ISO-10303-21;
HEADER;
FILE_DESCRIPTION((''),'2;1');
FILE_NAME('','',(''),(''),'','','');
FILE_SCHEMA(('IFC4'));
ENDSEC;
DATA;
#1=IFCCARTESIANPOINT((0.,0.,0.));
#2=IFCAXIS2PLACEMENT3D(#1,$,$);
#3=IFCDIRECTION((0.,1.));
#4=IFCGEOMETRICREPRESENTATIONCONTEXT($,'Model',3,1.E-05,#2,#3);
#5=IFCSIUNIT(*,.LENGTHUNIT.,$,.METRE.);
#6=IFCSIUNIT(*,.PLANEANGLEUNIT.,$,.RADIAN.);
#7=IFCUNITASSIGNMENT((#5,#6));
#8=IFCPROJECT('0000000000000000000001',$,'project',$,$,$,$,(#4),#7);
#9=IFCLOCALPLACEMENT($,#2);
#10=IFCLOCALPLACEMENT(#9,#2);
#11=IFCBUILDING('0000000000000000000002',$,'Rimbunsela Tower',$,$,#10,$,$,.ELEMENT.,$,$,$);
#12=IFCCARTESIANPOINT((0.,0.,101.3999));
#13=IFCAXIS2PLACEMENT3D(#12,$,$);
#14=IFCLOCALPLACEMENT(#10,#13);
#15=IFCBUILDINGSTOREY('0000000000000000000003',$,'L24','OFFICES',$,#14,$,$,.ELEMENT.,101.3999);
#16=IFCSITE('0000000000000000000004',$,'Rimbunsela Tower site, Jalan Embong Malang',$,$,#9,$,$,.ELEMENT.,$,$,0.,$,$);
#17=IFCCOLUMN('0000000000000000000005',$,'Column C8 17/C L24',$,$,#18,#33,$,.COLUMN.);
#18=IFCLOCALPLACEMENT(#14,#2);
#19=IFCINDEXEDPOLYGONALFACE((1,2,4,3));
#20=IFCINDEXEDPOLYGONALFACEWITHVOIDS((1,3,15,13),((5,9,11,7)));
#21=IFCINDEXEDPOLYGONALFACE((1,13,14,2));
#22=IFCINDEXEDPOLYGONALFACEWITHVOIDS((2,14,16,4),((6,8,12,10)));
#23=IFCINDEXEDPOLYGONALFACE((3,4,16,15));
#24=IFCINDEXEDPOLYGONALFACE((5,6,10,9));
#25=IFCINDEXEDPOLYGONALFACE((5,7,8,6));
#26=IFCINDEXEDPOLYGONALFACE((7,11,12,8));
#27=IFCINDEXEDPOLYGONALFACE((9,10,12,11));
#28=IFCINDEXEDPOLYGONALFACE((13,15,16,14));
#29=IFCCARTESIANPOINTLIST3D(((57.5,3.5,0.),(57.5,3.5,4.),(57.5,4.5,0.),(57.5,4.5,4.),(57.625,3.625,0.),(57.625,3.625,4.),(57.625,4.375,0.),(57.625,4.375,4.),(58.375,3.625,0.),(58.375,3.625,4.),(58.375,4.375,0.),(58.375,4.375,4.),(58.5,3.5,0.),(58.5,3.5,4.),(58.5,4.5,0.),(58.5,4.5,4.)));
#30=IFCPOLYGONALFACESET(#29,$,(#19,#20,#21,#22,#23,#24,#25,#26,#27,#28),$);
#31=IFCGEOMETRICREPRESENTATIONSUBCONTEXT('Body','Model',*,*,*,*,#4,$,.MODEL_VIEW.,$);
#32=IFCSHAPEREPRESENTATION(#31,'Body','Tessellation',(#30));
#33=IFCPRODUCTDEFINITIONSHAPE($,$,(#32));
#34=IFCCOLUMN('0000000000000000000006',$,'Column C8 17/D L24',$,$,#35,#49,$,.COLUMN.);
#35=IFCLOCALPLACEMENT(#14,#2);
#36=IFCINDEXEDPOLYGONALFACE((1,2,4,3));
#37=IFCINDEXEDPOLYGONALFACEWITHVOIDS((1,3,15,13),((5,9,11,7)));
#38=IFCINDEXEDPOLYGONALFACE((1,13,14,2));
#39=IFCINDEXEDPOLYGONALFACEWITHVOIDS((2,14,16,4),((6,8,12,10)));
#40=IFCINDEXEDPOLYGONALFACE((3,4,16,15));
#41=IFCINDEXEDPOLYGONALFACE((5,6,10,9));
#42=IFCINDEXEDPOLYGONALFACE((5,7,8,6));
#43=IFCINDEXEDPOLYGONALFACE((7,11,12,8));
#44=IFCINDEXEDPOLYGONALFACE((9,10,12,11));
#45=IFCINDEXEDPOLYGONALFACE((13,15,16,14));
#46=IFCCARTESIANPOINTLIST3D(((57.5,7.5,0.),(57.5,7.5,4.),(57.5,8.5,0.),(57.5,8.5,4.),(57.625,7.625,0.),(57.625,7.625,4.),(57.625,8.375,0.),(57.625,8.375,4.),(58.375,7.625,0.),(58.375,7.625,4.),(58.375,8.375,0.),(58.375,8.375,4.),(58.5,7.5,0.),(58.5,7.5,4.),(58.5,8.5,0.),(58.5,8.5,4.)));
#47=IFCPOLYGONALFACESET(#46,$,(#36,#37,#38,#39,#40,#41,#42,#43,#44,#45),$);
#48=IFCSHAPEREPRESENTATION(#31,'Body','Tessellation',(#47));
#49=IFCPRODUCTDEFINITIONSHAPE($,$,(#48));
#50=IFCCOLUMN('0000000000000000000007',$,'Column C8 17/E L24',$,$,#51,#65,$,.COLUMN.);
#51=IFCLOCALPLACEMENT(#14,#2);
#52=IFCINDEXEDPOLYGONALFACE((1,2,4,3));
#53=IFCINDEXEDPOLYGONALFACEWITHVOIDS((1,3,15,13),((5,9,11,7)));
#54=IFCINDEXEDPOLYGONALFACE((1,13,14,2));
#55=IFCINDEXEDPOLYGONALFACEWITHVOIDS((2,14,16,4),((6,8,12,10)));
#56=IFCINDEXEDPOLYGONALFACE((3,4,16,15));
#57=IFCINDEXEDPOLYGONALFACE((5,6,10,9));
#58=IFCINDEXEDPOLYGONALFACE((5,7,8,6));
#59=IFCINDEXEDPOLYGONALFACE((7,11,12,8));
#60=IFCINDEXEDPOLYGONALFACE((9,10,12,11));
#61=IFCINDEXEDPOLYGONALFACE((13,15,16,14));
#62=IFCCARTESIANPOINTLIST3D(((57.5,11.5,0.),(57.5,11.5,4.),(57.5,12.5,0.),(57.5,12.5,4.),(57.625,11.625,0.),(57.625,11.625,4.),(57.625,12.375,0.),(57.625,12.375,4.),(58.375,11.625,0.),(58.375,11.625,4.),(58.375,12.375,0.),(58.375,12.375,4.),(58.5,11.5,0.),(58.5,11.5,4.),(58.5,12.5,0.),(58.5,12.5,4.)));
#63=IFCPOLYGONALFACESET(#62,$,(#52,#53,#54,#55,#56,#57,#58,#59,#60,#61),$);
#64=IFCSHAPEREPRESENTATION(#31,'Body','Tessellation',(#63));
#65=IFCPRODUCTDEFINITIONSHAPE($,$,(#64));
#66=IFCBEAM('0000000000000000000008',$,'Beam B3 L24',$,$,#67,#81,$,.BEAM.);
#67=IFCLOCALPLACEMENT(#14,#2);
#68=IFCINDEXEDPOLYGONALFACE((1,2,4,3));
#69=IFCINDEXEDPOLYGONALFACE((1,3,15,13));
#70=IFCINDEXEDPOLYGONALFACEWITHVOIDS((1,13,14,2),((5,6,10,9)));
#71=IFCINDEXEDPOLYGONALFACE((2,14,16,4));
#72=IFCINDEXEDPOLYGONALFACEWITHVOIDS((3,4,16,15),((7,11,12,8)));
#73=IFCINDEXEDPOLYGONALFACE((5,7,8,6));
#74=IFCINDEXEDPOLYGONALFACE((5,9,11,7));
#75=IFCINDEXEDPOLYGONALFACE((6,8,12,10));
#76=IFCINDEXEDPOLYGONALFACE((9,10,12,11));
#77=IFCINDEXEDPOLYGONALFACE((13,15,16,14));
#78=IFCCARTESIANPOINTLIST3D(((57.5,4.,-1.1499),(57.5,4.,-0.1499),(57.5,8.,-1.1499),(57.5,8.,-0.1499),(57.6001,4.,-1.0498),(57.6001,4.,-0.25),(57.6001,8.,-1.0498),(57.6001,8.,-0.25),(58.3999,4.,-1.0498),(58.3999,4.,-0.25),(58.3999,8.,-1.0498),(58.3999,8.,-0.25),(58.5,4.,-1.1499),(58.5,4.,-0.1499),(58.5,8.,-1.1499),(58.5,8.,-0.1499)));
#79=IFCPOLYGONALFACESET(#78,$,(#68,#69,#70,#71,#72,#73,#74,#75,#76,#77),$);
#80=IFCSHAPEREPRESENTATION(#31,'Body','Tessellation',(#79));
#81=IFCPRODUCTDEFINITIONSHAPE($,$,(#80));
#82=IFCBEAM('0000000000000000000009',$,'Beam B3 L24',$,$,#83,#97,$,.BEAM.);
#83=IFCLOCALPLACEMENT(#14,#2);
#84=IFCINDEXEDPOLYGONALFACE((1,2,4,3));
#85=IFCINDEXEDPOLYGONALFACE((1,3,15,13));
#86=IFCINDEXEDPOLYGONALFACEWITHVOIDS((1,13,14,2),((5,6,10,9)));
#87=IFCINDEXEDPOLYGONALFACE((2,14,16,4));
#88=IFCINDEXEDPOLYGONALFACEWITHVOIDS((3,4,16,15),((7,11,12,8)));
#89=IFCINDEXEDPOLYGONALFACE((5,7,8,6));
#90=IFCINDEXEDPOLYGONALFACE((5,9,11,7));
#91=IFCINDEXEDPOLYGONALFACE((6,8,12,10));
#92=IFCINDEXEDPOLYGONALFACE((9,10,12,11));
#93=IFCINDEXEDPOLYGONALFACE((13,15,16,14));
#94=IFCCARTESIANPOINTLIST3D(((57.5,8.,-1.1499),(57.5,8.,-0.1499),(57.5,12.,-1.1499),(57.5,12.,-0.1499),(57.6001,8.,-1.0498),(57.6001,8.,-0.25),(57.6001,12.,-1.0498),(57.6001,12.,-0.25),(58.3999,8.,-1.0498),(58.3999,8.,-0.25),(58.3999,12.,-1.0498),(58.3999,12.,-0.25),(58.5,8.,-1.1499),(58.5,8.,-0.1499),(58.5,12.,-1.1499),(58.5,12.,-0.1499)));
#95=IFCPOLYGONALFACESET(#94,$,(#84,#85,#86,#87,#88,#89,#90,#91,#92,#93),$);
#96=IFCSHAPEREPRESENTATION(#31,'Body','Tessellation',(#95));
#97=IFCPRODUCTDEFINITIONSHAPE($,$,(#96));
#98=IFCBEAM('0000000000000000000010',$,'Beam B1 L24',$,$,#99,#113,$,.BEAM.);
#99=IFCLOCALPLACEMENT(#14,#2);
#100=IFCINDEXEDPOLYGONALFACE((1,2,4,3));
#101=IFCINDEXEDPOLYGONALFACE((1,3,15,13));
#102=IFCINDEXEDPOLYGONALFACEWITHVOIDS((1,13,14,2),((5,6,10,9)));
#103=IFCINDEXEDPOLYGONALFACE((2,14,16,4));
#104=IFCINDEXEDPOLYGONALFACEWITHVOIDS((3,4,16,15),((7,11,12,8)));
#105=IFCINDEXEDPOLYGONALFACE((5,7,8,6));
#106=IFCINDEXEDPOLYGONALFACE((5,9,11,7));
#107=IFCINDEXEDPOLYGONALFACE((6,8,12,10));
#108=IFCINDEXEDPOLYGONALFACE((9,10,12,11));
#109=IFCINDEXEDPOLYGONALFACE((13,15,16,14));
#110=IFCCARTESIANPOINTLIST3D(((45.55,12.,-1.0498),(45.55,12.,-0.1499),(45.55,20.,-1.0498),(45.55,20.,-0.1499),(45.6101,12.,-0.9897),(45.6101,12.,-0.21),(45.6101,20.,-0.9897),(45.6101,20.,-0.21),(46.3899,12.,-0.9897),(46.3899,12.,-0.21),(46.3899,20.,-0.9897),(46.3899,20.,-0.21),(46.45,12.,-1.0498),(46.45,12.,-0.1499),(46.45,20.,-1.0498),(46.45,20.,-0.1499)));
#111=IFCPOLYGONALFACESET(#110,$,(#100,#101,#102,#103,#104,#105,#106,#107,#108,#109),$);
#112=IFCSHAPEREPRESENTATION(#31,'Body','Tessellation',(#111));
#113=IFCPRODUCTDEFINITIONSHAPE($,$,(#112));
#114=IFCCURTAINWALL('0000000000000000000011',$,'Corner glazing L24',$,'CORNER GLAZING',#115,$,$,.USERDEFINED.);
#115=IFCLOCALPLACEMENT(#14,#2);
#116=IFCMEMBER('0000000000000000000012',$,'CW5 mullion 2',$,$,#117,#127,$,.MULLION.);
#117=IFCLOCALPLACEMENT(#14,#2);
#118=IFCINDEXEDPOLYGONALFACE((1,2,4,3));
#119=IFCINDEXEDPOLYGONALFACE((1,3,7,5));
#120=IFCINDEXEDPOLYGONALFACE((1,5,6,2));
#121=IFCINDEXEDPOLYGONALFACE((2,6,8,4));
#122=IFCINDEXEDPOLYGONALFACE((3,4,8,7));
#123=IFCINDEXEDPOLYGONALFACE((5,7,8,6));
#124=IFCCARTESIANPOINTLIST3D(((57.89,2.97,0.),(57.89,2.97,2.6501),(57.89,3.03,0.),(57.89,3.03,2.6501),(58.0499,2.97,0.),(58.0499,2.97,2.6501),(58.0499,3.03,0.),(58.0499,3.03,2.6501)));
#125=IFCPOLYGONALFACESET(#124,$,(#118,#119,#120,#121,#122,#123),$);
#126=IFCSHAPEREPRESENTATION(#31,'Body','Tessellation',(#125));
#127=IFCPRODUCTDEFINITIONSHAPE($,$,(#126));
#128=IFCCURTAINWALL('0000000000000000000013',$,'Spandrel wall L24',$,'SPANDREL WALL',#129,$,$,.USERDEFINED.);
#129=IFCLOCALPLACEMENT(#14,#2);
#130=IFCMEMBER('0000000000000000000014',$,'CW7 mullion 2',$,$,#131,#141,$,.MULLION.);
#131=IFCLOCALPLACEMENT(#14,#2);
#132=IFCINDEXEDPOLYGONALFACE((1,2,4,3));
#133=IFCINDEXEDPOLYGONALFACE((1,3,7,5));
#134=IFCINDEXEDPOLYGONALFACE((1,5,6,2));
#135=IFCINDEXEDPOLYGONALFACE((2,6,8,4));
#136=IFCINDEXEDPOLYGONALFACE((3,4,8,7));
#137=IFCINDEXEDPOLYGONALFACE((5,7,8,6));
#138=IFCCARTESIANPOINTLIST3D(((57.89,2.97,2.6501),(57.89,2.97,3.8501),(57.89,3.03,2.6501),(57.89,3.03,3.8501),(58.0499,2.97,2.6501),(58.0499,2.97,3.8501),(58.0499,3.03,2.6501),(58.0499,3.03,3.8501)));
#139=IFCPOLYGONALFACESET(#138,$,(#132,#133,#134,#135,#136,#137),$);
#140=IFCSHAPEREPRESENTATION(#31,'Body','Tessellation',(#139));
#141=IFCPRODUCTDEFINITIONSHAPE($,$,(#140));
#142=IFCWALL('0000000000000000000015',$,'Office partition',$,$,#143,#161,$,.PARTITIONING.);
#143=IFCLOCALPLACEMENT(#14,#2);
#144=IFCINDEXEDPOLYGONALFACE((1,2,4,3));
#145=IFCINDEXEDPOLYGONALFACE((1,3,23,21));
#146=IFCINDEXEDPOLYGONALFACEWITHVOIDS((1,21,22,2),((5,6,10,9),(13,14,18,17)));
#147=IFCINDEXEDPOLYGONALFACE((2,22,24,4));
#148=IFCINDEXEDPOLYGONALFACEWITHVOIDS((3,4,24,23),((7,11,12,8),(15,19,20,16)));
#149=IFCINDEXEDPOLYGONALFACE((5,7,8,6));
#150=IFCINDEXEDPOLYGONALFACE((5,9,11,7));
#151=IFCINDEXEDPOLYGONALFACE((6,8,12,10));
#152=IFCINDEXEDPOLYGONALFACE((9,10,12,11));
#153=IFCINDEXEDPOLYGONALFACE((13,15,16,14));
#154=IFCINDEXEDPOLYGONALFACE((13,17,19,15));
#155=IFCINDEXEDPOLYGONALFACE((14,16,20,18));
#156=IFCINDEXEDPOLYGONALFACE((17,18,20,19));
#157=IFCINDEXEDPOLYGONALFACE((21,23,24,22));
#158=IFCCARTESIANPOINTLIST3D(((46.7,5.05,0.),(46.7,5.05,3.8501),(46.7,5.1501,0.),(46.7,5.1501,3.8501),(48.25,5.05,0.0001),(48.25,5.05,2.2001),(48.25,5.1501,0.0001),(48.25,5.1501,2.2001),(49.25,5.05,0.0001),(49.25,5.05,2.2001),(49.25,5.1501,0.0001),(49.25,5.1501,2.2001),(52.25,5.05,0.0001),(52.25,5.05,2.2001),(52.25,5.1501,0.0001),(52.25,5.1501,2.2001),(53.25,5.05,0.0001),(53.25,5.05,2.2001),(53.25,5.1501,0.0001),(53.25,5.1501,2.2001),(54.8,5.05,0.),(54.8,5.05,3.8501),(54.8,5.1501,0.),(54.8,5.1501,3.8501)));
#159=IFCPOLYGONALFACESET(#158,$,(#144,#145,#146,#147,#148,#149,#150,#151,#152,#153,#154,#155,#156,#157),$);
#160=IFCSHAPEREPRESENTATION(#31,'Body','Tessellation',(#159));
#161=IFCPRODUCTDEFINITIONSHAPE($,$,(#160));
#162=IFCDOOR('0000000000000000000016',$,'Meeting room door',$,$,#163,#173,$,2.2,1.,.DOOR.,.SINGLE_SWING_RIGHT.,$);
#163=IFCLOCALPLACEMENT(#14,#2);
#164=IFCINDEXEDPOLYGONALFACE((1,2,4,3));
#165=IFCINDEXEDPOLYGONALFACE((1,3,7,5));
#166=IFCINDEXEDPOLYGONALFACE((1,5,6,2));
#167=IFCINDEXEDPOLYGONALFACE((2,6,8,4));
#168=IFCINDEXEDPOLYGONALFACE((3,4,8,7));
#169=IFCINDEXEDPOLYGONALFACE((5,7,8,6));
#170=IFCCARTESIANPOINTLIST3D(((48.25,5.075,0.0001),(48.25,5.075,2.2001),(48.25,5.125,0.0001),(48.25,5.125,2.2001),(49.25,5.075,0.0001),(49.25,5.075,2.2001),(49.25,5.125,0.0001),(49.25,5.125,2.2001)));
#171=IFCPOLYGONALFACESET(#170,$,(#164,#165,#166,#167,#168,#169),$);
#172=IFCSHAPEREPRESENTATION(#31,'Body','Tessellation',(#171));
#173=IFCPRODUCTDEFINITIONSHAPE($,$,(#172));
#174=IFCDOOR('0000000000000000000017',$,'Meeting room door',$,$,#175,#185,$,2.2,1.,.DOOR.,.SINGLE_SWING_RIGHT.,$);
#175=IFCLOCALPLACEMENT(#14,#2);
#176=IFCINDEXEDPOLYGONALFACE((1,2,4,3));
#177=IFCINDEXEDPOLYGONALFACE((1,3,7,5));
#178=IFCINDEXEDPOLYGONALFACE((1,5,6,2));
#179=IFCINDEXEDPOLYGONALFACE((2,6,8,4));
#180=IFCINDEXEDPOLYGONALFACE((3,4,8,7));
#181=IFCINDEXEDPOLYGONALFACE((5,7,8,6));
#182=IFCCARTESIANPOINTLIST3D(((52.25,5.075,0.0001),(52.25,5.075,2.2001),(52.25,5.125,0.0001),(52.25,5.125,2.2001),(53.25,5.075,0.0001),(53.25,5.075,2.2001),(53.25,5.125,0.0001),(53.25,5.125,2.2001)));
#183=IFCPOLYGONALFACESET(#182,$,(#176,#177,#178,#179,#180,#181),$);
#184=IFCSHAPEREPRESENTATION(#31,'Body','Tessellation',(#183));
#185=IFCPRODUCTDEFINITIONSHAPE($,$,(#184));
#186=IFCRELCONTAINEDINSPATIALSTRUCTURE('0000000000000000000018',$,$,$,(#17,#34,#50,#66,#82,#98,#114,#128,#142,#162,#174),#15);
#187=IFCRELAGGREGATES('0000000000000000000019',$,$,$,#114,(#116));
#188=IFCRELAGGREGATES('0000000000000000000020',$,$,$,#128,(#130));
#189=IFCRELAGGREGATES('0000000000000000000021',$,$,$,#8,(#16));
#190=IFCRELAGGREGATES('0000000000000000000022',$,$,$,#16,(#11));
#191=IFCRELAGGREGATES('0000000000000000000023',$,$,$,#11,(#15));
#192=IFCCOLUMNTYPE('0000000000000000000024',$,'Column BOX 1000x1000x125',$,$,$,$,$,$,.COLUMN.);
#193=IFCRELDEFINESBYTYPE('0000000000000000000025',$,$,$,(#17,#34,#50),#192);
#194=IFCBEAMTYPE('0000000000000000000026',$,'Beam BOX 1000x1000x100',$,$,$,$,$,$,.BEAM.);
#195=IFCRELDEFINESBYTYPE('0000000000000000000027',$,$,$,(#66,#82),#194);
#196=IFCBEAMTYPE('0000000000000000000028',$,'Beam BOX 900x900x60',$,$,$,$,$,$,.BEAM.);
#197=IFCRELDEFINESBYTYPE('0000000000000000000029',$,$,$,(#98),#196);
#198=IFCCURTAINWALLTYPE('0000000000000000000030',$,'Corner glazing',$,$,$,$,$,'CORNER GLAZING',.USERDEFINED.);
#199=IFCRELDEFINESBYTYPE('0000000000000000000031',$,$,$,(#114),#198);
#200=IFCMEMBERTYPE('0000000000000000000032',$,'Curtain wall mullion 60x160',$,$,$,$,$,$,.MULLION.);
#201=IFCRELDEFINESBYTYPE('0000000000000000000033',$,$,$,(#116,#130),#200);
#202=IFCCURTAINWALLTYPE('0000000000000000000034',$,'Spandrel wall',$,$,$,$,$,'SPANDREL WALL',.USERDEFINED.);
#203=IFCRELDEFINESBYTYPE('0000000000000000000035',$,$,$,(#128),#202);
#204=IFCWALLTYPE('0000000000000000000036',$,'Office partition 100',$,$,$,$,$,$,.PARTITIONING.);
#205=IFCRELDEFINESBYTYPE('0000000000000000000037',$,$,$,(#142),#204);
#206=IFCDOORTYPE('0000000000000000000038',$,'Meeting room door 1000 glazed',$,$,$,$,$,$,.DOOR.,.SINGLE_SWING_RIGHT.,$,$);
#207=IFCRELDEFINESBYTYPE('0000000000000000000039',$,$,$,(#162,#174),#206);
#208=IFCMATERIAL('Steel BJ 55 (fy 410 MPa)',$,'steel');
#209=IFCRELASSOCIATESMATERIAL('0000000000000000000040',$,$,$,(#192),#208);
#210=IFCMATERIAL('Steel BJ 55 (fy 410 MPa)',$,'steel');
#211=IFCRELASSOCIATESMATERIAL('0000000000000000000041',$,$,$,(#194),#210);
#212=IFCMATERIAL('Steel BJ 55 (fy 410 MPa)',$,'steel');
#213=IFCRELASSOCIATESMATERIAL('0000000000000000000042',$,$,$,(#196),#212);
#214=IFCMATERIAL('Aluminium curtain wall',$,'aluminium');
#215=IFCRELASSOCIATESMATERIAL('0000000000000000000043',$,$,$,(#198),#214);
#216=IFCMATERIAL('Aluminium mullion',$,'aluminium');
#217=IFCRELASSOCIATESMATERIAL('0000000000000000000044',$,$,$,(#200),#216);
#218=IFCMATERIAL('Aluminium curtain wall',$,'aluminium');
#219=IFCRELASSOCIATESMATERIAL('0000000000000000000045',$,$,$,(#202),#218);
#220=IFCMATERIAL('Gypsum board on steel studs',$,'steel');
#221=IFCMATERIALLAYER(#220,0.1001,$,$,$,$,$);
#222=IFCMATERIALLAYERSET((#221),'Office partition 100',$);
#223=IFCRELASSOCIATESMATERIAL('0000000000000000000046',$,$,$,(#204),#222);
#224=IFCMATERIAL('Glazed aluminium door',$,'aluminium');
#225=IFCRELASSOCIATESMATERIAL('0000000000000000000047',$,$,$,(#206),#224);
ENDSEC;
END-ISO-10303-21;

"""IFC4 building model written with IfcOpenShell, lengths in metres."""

from ifc_helpers import new_model, si_unit, direction, frame, frame_2d, origin, origin_2d, place, context, subcontext, project, spatial, rectangle, hollow_rectangle, extrude, material, layer, layer_set, material_profile, profile_set, type_object, element, fill, aggregate, save


model = new_model("IFC4")

# Units and contexts
model_context = context("Model", 3, precision=1e-05, world=origin(), true_north=direction((0.0, 1.0)))
body_context = subcontext(model_context, "Body", "Model", "MODEL_VIEW")
ifc_project = project(units=[si_unit("LENGTHUNIT", "METRE"), si_unit("PLANEANGLEUNIT", "RADIAN")], contexts=[model_context])

# Site, building, storey
site_placement = place(None, origin())
site = spatial("IfcSite", under=ifc_project, at=site_placement, Name="Rimbunsela Tower site, Jalan Embong Malang", CompositionType="ELEMENT", RefElevation=0.0)
building_placement = place(site_placement, origin())
building = spatial("IfcBuilding", under=site, at=building_placement, Name="Rimbunsela Tower", CompositionType="ELEMENT")
storey_placement = place(building_placement, frame((0.0, 0.0, 101.3999)))
storey = spatial("IfcBuildingStorey", under=building, at=storey_placement, Name="L24", Description="OFFICES", CompositionType="ELEMENT", Elevation=101.3999)

# Columns
ifc_material_1 = material(Name="Steel BJ 55 (fy 410 MPa)", Category="steel")
ifc_material_profile_1 = material_profile(ifc_material_1, hollow_rectangle(XDim=1.0, YDim=1.0, WallThickness=0.125, at=origin_2d()), Name="BOX 1000x1000x125")
ifc_profile_set_1 = profile_set([ifc_material_profile_1], Name="Steel BJ 55 (fy 410 MPa)")
column_type = type_object("IfcColumnType", Name="Column BOX 1000x1000x125", PredefinedType="COLUMN", material=ifc_profile_set_1)
for number, where, z_axis, x_axis, name in (
    (1, (58.0, 4.0, 0.0), (0.0, 0.0, 1.0), (1.0, 0.0, 0.0), "Column C8 17/C L24"),
    (2, (58.0, 8.0, 0.0), (0.0, 0.0, 1.0), (1.0, 0.0, 0.0), "Column C8 17/D L24"),
    (3, (58.0, 12.0, 0.0), (0.0, 0.0, 1.0), (1.0, 0.0, 0.0), "Column C8 17/E L24"),
):
    element("IfcColumn", number, at=place(storey_placement, frame(where, z_axis=z_axis, x_axis=x_axis)), inside=storey, type_object=column_type, Name=name, PredefinedType="COLUMN", context=body_context, shape_type="SweptSolid", body=[
        extrude(hollow_rectangle(XDim=1.0, YDim=1.0, WallThickness=0.125, at=origin_2d()), origin(), (0.0, 0.0, 1.0), 4.0),
    ])

# Beams
ifc_material_2 = material(Name="Steel BJ 55 (fy 410 MPa)", Category="steel")
ifc_material_profile_2 = material_profile(ifc_material_2, hollow_rectangle(XDim=1.0, YDim=1.0, WallThickness=0.1001, at=origin_2d()), Name="BOX 1000x1000x100")
ifc_profile_set_2 = profile_set([ifc_material_profile_2], Name="Steel BJ 55 (fy 410 MPa)")
beam_type_1 = type_object("IfcBeamType", Name="Beam BOX 1000x1000x100", PredefinedType="BEAM", material=ifc_profile_set_2)
for number, where, z_axis, x_axis, name in (
    (4, (58.0, 4.0, -0.6499), (0.0, 1.0, 0.0), (-1.0, 0.0, 0.0), "Beam B3 L24"),
    (5, (58.0, 8.0, -0.6499), (0.0, 1.0, 0.0), (-1.0, 0.0, 0.0), "Beam B3 L24"),
):
    element("IfcBeam", number, at=place(storey_placement, frame(where, z_axis=z_axis, x_axis=x_axis)), inside=storey, type_object=beam_type_1, Name=name, PredefinedType="BEAM", context=body_context, shape_type="SweptSolid", body=[
        extrude(hollow_rectangle(XDim=1.0, YDim=1.0, WallThickness=0.1001, at=origin_2d()), origin(), (0.0, 0.0, 1.0), 4.0),
    ])
ifc_material_3 = material(Name="Steel BJ 55 (fy 410 MPa)", Category="steel")
ifc_material_profile_3 = material_profile(ifc_material_3, hollow_rectangle(XDim=0.8999, YDim=0.8999, WallThickness=0.0601, at=origin_2d()), Name="BOX 900x900x60")
ifc_profile_set_3 = profile_set([ifc_material_profile_3], Name="Steel BJ 55 (fy 410 MPa)")
beam_type_2 = type_object("IfcBeamType", Name="Beam BOX 900x900x60", PredefinedType="BEAM", material=ifc_profile_set_3)
beam_placement = place(storey_placement, frame((46.0, 12.0, -0.5999), z_axis=(0.0, 1.0, 0.0), x_axis=(-1.0, 0.0, 0.0)))
element("IfcBeam", 6, at=beam_placement, inside=storey, type_object=beam_type_2, Name="Beam B1 L24", PredefinedType="BEAM", context=body_context, shape_type="SweptSolid", body=[
    extrude(hollow_rectangle(XDim=0.8999, YDim=0.8999, WallThickness=0.0601, at=origin_2d()), origin(), (0.0, 0.0, 1.0), 8.0),
])

# Curtain walls, members
ifc_material_4 = material(Name="Aluminium curtain wall", Category="aluminium")
curtain_wall_type_1 = type_object("IfcCurtainWallType", Name="Corner glazing", ElementType="CORNER GLAZING", PredefinedType="USERDEFINED", material=ifc_material_4)
curtain_wall_1_placement = place(storey_placement, origin())
curtain_wall_1 = element("IfcCurtainWall", 7, at=curtain_wall_1_placement, inside=storey, type_object=curtain_wall_type_1, Name="Corner glazing L24", ObjectType="CORNER GLAZING", PredefinedType="USERDEFINED")
ifc_material_5 = material(Name="Aluminium mullion", Category="aluminium")
ifc_material_profile_4 = material_profile(ifc_material_5, rectangle(XDim=0.0601, YDim=0.1599, at=origin_2d()), Name="Mullion 60x160")
ifc_profile_set_4 = profile_set([ifc_material_profile_4], Name="Aluminium mullion")
member_type = type_object("IfcMemberType", Name="Curtain wall mullion 60x160", PredefinedType="MULLION", material=ifc_profile_set_4)
member_1_placement = place(storey_placement, frame((57.97, 3.0, 0.0), z_axis=(0.0, 0.0, 1.0), x_axis=(0.0, 1.0, 0.0)))
member_1 = element("IfcMember", 8, at=member_1_placement, type_object=member_type, Name="CW5 mullion 2", PredefinedType="MULLION", context=body_context, shape_type="SweptSolid", body=[
    extrude(rectangle(XDim=0.0601, YDim=0.1599, at=origin_2d()), origin(), (0.0, 0.0, 1.0), 2.6501),
])
aggregate(curtain_wall_1, [member_1])
ifc_material_6 = material(Name="Aluminium curtain wall", Category="aluminium")
curtain_wall_type_2 = type_object("IfcCurtainWallType", Name="Spandrel wall", ElementType="SPANDREL WALL", PredefinedType="USERDEFINED", material=ifc_material_6)
curtain_wall_2_placement = place(storey_placement, origin())
curtain_wall_2 = element("IfcCurtainWall", 9, at=curtain_wall_2_placement, inside=storey, type_object=curtain_wall_type_2, Name="Spandrel wall L24", ObjectType="SPANDREL WALL", PredefinedType="USERDEFINED")
member_2_placement = place(storey_placement, frame((57.97, 3.0, 2.6501), z_axis=(0.0, 0.0, 1.0), x_axis=(0.0, 1.0, 0.0)))
member_2 = element("IfcMember", 10, at=member_2_placement, type_object=member_type, Name="CW7 mullion 2", PredefinedType="MULLION", context=body_context, shape_type="SweptSolid", body=[
    extrude(rectangle(XDim=0.0601, YDim=0.1599, at=origin_2d()), origin(), (0.0, 0.0, 1.0), 1.2),
])
aggregate(curtain_wall_2, [member_2])

# Wall, openings, doors
ifc_material_7 = material(Name="Gypsum board on steel studs", Category="steel")
ifc_layer_1 = layer(ifc_material_7, 0.1001)
ifc_layer_set_1 = layer_set([ifc_layer_1], Name="Office partition 100")
wall_type_1 = type_object("IfcWallType", Name="Office partition 100", PredefinedType="PARTITIONING", material=ifc_layer_set_1)
wall_1_placement = place(storey_placement, frame((46.7, 5.1001, 0.0), z_axis=(0.0, 0.0, 1.0), x_axis=(1.0, 0.0, 0.0)))
wall_1 = element("IfcWall", 11, at=wall_1_placement, inside=storey, type_object=wall_type_1, Name="Office partition", PredefinedType="PARTITIONING", context=body_context, shape_type="SweptSolid", body=[
    extrude(rectangle(XDim=8.1001, YDim=0.1001, at=frame_2d((4.05, 0.0))), origin(), (0.0, 0.0, 1.0), 3.8501),
])
opening_1_placement = place(wall_1_placement, frame((1.55, 0.0, 0.0)))
opening_1 = element("IfcOpeningElement", 12, at=opening_1_placement, cuts=wall_1, PredefinedType="OPENING", context=body_context, shape_type="SweptSolid", body=[
    extrude(rectangle(XDim=1.0, YDim=2.2, at=frame_2d((0.5, 1.1001))), frame((0.0, 0.0601, 0.0), z_axis=(0.0, -1.0, 0.0), x_axis=(1.0, 0.0, 0.0)), (0.0, 0.0, 1.0), 0.1201),
])
opening_2_placement = place(wall_1_placement, frame((5.55, 0.0, 0.0)))
opening_2 = element("IfcOpeningElement", 13, at=opening_2_placement, cuts=wall_1, PredefinedType="OPENING", context=body_context, shape_type="SweptSolid", body=[
    extrude(rectangle(XDim=1.0, YDim=2.2, at=frame_2d((0.5, 1.1001))), frame((0.0, 0.0601, 0.0), z_axis=(0.0, -1.0, 0.0), x_axis=(1.0, 0.0, 0.0)), (0.0, 0.0, 1.0), 0.1201),
])
ifc_material_8 = material(Name="Glazed aluminium door", Category="aluminium")
door_type = type_object("IfcDoorType", Name="Meeting room door 1000 glazed", OperationType="SINGLE_SWING_RIGHT", PredefinedType="DOOR", material=ifc_material_8)
door_1_placement = place(opening_1_placement, origin())
door_1 = element("IfcDoor", 14, at=door_1_placement, inside=storey, type_object=door_type, Name="Meeting room door", OperationType="SINGLE_SWING_RIGHT", OverallHeight=2.2, OverallWidth=1.0, PredefinedType="DOOR", context=body_context, shape_type="SweptSolid", body=[
    extrude(rectangle(XDim=1.0, YDim=2.2, at=frame_2d((0.5, 1.1001))), frame((0.0, 0.0249, 0.0), z_axis=(0.0, -1.0, 0.0), x_axis=(1.0, 0.0, 0.0)), (0.0, 0.0, 1.0), 0.05),
])
fill(opening_1, door_1)
door_2_placement = place(opening_2_placement, origin())
door_2 = element("IfcDoor", 15, at=door_2_placement, inside=storey, type_object=door_type, Name="Meeting room door", OperationType="SINGLE_SWING_RIGHT", OverallHeight=2.2, OverallWidth=1.0, PredefinedType="DOOR", context=body_context, shape_type="SweptSolid", body=[
    extrude(rectangle(XDim=1.0, YDim=2.2, at=frame_2d((0.5, 1.1001))), frame((0.0, 0.0249, 0.0), z_axis=(0.0, -1.0, 0.0), x_axis=(1.0, 0.0, 0.0)), (0.0, 0.0, 1.0), 0.05),
])
fill(opening_2, door_2)

save(model, "model.ifc")
